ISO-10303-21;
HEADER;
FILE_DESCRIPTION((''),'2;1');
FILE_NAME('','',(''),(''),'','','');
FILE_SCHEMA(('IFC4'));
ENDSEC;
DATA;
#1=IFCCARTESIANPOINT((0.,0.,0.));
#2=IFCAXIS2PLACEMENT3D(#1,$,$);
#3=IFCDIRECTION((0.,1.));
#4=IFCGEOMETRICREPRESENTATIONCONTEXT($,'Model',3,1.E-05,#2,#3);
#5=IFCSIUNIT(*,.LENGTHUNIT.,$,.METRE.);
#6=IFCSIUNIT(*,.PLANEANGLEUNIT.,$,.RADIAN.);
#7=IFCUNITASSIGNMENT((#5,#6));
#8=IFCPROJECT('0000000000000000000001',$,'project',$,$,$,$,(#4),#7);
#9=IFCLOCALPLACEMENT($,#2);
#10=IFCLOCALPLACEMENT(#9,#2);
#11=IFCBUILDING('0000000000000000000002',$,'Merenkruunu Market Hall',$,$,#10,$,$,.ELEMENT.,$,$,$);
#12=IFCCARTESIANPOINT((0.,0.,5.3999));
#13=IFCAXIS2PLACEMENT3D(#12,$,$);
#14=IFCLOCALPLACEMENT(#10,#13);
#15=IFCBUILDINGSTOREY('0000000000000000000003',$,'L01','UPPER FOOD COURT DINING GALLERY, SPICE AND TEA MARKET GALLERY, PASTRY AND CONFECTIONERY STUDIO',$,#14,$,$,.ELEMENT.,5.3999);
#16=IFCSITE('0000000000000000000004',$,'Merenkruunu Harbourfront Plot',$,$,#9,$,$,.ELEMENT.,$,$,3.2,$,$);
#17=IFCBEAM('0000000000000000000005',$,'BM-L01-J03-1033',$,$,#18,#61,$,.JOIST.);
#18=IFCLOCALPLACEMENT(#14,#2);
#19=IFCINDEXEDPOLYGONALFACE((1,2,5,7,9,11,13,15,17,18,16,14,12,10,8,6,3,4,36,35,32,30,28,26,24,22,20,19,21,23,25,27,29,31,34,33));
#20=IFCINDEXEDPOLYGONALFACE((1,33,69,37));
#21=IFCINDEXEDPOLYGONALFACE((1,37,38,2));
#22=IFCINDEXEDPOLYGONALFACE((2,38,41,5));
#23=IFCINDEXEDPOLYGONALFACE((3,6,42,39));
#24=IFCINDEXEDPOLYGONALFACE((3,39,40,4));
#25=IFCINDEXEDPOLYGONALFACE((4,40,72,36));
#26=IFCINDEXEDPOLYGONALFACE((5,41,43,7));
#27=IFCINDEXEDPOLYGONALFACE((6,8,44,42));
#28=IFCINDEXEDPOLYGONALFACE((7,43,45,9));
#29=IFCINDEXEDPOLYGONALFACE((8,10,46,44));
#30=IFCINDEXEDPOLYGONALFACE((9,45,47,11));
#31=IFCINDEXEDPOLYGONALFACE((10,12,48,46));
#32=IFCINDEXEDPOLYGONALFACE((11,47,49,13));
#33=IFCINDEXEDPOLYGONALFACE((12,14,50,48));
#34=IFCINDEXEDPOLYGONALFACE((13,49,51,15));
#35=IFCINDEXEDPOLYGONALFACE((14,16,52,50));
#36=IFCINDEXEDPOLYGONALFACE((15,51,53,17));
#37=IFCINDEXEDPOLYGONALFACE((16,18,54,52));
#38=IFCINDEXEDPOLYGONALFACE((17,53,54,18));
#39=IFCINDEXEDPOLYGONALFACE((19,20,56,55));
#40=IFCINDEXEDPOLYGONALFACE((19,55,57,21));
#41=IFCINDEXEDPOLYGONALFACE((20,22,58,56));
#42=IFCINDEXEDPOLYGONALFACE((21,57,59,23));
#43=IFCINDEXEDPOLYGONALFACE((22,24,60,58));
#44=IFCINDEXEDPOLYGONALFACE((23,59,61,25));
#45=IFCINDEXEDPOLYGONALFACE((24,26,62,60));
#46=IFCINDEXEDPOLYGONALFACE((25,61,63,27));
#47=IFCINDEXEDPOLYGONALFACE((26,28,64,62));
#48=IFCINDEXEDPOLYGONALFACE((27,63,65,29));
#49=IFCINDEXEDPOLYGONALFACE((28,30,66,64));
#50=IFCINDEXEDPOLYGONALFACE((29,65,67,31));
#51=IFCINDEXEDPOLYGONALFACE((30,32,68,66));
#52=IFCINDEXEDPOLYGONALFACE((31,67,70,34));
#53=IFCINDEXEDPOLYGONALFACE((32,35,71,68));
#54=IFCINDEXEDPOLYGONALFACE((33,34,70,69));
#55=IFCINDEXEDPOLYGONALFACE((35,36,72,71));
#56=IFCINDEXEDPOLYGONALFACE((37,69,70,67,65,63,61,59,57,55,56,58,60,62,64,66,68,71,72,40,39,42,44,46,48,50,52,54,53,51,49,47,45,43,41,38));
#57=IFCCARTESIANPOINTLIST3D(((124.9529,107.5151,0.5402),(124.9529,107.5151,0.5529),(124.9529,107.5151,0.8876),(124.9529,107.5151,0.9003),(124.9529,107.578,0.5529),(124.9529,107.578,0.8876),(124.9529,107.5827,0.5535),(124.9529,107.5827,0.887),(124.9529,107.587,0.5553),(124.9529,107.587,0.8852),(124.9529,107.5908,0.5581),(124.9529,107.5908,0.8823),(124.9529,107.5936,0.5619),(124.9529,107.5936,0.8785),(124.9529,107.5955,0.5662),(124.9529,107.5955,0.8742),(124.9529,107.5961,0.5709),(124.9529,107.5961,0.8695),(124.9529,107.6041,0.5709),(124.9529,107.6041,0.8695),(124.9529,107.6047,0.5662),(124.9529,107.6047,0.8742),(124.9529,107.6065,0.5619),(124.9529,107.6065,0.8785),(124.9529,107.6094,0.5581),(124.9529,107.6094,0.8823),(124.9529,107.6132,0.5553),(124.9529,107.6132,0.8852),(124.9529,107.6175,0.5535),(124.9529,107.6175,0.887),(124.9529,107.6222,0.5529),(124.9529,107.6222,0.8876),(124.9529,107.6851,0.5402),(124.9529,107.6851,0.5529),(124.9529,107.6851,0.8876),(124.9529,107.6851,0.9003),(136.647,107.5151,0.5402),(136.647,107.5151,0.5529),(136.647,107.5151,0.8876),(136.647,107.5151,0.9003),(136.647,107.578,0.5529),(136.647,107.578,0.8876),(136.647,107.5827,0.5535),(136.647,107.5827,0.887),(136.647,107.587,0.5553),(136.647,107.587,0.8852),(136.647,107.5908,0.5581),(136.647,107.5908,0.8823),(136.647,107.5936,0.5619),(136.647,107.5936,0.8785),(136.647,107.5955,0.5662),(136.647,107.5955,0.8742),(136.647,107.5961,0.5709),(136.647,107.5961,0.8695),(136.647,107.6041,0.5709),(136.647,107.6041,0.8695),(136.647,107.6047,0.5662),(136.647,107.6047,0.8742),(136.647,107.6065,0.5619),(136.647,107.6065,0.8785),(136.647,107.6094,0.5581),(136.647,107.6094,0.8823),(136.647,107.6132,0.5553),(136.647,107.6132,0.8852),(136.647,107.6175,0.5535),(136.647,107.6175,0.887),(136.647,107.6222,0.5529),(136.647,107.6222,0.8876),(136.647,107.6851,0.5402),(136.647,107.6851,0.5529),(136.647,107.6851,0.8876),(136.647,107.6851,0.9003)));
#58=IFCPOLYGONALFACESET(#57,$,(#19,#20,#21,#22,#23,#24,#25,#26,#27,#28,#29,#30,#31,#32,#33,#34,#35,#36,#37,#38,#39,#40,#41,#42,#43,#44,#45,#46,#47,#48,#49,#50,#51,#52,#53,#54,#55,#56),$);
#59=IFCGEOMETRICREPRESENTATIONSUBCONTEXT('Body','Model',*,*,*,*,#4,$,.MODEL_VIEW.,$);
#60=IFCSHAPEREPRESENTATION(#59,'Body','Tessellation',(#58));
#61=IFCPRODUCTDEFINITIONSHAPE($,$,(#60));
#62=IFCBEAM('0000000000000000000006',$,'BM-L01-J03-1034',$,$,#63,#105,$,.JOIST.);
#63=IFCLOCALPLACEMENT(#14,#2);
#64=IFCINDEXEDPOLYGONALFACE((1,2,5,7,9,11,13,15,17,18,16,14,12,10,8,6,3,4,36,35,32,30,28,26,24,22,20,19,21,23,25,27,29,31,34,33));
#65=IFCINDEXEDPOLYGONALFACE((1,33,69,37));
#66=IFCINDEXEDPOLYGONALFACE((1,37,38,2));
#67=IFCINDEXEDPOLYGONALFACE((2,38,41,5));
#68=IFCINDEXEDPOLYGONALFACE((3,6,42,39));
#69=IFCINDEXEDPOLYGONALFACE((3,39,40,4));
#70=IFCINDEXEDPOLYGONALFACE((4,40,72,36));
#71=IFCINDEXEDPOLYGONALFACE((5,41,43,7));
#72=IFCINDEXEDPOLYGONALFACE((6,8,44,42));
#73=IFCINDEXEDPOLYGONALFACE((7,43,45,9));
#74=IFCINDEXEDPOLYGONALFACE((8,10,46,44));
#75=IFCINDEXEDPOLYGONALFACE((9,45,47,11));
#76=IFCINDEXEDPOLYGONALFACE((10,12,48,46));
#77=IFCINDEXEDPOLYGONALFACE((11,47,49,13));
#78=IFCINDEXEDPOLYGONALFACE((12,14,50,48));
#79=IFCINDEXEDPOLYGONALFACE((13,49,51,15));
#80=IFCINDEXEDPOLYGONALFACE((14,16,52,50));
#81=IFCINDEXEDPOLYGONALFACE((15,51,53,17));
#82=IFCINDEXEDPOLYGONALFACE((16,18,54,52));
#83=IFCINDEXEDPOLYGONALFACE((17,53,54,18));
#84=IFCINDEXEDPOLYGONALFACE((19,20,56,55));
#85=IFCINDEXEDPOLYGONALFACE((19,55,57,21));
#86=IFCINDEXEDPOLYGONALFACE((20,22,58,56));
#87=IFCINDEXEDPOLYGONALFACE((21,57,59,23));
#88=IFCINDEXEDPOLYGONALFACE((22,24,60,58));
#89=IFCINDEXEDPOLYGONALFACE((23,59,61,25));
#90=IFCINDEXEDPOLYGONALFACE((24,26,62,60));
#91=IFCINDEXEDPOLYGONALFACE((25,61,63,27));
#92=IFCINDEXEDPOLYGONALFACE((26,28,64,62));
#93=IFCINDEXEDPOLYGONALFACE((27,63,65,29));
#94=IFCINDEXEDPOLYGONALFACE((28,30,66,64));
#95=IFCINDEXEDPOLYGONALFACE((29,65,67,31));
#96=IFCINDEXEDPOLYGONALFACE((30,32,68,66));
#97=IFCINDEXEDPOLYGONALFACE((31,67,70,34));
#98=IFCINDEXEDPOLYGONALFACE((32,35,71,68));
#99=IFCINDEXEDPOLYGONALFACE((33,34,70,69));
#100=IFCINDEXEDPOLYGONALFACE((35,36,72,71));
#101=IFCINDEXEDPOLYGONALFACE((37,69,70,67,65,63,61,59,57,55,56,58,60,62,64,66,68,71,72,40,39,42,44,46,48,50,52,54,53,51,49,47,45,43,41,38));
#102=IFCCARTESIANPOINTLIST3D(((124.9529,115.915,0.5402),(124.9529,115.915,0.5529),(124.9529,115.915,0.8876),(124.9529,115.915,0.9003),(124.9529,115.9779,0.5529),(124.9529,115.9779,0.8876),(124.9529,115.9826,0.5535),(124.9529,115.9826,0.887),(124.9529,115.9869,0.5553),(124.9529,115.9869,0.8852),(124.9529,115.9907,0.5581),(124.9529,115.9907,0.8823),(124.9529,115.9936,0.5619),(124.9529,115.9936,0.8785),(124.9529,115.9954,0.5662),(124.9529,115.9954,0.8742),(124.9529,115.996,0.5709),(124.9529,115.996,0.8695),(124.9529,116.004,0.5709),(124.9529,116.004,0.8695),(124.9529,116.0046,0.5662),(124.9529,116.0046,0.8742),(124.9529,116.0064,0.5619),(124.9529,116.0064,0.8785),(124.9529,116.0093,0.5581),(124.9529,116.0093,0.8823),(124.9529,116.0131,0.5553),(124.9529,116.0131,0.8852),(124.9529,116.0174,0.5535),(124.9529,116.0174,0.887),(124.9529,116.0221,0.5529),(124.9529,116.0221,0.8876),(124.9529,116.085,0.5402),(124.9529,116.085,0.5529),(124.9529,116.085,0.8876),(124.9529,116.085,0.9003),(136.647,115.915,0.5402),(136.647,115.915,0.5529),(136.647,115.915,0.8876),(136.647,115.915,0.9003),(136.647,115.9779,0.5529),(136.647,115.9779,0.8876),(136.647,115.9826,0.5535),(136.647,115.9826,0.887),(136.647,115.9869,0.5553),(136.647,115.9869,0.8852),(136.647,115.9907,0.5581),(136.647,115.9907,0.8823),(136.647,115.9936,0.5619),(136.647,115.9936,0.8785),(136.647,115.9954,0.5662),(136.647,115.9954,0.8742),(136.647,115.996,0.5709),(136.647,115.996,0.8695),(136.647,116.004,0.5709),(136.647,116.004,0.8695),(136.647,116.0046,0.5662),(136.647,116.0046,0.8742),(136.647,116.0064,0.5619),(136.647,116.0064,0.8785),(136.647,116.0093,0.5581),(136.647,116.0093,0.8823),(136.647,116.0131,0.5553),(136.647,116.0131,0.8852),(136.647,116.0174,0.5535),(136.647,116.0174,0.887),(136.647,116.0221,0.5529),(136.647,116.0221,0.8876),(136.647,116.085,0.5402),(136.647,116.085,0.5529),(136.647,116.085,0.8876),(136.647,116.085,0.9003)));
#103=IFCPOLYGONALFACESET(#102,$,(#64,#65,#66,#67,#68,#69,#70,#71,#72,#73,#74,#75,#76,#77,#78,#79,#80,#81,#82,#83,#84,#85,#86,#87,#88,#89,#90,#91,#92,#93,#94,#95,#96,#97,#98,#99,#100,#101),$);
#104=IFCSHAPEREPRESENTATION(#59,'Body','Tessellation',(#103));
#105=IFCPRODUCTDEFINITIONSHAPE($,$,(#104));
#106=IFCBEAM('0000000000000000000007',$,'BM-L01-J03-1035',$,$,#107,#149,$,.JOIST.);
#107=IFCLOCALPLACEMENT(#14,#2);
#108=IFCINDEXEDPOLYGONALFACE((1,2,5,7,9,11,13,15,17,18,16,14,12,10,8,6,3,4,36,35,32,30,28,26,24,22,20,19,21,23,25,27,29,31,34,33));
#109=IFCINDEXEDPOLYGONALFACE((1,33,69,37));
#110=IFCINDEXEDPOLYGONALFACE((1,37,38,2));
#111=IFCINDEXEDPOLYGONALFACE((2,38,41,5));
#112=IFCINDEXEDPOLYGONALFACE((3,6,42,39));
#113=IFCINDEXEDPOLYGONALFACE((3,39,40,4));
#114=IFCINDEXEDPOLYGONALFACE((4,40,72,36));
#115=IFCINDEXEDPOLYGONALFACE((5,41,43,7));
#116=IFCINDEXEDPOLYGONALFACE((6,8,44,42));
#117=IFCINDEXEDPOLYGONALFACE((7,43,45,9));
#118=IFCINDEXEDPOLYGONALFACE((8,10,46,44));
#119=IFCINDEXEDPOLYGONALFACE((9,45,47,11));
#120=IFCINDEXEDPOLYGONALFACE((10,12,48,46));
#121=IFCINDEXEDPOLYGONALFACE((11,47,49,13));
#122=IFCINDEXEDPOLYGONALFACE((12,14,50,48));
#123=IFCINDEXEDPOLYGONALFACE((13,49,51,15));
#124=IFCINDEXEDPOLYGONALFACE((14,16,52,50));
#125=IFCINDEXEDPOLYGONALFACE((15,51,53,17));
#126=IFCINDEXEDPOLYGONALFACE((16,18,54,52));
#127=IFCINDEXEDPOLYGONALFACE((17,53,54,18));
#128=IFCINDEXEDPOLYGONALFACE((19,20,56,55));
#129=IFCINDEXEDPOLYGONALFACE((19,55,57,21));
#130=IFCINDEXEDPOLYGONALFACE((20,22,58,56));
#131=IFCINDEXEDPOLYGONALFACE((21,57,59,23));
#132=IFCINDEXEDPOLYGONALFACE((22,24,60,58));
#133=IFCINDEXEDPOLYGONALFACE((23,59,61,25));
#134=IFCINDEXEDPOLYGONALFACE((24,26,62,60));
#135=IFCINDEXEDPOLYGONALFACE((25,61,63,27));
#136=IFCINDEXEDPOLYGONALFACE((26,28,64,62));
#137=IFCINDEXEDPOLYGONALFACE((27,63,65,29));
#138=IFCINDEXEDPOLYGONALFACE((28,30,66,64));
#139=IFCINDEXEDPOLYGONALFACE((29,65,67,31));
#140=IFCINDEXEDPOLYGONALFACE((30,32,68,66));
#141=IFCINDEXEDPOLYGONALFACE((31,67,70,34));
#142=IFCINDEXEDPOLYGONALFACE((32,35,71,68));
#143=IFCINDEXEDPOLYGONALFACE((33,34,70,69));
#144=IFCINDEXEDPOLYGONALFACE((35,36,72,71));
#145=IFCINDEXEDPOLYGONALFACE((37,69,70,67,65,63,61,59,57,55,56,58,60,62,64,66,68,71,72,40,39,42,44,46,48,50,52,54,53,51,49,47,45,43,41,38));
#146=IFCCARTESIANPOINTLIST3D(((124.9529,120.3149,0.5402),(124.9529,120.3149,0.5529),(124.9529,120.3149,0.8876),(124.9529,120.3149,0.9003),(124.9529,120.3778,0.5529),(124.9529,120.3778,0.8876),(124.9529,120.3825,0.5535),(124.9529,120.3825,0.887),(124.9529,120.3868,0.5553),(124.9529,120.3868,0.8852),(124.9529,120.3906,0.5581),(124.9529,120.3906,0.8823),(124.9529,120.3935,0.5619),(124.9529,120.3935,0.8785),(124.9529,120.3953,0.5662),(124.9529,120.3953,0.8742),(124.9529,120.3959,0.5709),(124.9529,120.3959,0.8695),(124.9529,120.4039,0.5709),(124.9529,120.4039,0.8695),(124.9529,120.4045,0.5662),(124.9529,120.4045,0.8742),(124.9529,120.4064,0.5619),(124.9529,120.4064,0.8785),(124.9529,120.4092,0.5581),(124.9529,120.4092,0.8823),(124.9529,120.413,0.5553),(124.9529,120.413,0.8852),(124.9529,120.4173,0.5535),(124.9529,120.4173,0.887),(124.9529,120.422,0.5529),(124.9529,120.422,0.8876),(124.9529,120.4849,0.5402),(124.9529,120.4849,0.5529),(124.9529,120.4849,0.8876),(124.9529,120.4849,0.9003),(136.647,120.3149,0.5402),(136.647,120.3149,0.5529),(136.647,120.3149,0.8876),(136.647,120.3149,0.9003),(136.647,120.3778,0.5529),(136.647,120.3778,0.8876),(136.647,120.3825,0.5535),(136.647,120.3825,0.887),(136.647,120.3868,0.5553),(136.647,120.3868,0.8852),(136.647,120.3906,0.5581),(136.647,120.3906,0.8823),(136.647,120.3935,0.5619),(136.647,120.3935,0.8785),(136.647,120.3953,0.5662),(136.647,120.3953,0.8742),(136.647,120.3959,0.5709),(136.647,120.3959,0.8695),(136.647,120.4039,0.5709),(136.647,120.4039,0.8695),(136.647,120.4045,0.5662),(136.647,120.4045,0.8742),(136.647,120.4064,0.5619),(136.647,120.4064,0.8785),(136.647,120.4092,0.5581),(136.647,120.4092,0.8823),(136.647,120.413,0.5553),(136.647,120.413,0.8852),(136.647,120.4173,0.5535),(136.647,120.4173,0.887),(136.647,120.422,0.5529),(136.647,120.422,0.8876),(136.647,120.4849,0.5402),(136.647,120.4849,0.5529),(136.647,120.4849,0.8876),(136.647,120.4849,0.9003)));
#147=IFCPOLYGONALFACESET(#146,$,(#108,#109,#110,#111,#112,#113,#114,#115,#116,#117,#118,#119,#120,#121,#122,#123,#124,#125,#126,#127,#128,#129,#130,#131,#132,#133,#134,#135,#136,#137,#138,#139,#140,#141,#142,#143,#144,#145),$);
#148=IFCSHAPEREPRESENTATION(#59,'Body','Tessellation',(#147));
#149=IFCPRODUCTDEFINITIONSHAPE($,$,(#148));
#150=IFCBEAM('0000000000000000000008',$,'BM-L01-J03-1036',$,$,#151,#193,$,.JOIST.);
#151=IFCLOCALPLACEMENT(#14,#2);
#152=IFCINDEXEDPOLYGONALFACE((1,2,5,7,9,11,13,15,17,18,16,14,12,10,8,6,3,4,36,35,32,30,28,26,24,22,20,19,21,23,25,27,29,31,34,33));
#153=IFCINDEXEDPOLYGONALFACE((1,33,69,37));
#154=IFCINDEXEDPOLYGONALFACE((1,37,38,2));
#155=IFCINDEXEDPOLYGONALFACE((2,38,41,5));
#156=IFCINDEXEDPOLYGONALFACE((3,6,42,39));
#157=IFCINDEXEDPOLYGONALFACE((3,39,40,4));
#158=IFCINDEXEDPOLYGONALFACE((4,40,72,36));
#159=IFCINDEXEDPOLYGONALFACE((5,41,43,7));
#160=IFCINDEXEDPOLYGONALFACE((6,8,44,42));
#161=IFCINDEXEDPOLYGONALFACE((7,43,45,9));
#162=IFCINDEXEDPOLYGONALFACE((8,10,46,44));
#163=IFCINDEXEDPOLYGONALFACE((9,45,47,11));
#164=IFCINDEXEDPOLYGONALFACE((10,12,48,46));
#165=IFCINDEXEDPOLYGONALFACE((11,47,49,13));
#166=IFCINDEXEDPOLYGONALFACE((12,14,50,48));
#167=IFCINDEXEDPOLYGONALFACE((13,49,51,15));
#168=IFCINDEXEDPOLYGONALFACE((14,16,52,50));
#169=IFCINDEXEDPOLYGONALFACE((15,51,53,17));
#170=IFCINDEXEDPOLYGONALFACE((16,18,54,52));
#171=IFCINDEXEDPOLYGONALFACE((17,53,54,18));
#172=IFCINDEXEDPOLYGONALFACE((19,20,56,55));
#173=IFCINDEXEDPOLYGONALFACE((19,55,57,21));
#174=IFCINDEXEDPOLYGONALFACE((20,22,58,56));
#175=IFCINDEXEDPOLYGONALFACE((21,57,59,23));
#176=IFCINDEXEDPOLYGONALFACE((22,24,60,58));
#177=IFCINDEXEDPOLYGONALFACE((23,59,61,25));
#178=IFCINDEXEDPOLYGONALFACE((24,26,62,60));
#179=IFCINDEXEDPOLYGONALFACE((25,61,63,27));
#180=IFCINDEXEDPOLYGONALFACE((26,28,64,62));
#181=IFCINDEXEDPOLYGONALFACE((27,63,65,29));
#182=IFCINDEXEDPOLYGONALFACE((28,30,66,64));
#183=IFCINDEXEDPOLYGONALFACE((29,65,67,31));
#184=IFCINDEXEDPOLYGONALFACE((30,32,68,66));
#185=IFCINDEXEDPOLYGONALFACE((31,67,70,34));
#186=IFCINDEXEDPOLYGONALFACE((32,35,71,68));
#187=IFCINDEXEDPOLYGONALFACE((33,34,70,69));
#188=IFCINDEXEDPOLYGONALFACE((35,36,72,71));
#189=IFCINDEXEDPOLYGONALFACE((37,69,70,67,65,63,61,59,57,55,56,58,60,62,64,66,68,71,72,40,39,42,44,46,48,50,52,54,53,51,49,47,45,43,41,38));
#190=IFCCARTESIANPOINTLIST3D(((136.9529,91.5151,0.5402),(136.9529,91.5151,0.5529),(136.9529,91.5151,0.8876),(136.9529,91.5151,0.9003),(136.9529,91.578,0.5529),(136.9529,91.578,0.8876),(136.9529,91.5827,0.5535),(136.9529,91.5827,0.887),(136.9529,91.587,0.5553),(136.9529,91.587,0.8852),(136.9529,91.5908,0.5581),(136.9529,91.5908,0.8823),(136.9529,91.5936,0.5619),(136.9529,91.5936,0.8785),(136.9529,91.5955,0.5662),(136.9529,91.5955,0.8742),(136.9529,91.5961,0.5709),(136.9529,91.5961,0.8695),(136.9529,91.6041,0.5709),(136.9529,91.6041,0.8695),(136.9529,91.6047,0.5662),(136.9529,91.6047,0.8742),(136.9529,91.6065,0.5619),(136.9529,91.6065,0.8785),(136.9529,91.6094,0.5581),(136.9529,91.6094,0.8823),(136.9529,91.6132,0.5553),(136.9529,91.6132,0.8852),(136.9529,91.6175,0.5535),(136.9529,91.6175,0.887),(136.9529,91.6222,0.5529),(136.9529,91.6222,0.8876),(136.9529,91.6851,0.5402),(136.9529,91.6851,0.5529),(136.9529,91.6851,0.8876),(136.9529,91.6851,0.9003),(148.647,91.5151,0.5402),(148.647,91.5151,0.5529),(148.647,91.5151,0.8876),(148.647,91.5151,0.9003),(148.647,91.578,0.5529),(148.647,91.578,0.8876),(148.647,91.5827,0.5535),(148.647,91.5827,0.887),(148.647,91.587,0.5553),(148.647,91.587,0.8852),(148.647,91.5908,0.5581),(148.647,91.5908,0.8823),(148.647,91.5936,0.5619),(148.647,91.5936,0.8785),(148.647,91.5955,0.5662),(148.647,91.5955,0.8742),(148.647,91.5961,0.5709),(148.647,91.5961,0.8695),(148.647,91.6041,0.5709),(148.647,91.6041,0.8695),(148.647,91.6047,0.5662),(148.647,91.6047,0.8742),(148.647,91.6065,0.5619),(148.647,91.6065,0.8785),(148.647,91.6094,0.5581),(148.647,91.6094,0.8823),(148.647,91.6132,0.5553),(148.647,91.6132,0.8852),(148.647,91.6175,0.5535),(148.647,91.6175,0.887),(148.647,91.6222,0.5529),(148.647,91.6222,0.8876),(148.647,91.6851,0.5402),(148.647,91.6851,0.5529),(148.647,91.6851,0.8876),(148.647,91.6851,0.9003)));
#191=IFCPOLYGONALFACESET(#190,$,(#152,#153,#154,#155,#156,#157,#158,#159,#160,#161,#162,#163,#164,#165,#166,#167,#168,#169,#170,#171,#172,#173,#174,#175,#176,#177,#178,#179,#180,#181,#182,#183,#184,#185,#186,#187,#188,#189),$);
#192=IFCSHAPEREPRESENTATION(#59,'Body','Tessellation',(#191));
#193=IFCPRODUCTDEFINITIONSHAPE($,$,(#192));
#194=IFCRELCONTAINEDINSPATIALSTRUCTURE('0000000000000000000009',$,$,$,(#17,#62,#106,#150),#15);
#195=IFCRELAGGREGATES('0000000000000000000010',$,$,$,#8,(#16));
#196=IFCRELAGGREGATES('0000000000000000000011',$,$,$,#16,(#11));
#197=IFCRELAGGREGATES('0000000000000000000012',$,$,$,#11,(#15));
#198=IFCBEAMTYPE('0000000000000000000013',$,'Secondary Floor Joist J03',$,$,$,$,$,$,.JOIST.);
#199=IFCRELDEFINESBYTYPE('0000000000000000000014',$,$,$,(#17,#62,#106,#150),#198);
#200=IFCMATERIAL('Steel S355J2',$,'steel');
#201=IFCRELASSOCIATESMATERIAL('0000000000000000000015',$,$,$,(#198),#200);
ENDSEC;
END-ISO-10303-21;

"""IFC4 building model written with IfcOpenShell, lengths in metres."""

from ifc_helpers import new_model, si_unit, direction, frame, origin, origin_2d, place, context, subcontext, project, spatial, i_section, extrude, material, material_profile, profile_set, type_object, element, save


model = new_model("IFC4")

# Units and contexts
model_context = context("Model", 3, precision=1e-05, world=origin(), true_north=direction((0.0, 1.0)))
body_context = subcontext(model_context, "Body", "Model", "MODEL_VIEW")
ifc_project = project(units=[si_unit("LENGTHUNIT", "METRE"), si_unit("PLANEANGLEUNIT", "RADIAN")], contexts=[model_context])

# Site, building, storey
site_placement = place(None, origin())
site = spatial("IfcSite", under=ifc_project, at=site_placement, Name="Merenkruunu Harbourfront Plot", CompositionType="ELEMENT", RefElevation=3.2)
building_placement = place(site_placement, origin())
building = spatial("IfcBuilding", under=site, at=building_placement, Name="Merenkruunu Market Hall", CompositionType="ELEMENT")
storey_placement = place(building_placement, frame((0.0, 0.0, 5.3999)))
storey = spatial("IfcBuildingStorey", under=building, at=storey_placement, Name="L01", Description="UPPER FOOD COURT DINING GALLERY, SPICE AND TEA MARKET GALLERY, PASTRY AND CONFECTIONERY STUDIO", CompositionType="ELEMENT", Elevation=5.3999)

# Beams
ifc_material_1 = material(Name="Steel S355J2", Category="steel")
ifc_material_profile_1 = material_profile(ifc_material_1, i_section(OverallWidth=0.1699, OverallDepth=0.3601, WebThickness=0.0081, FlangeThickness=0.0127, FilletRadius=0.0181, at=origin_2d()), Name="IPE 360")
ifc_profile_set_1 = profile_set([ifc_material_profile_1], Name="Steel S355J2")
beam_type_1 = type_object("IfcBeamType", Name="Secondary Floor Joist J03", PredefinedType="JOIST", material=ifc_profile_set_1)
for number, where, z_axis, x_axis, name in (
    (1, (124.9529, 107.6001, 0.7202), (1.0, 0.0, 0.0), (0.0, 1.0, 0.0), "BM-L01-J03-1033"),
    (2, (124.9529, 116.0, 0.7202), (1.0, 0.0, 0.0), (0.0, 1.0, 0.0), "BM-L01-J03-1034"),
    (3, (124.9529, 120.3999, 0.7202), (1.0, 0.0, 0.0), (0.0, 1.0, 0.0), "BM-L01-J03-1035"),
    (4, (136.9529, 91.6001, 0.7202), (1.0, 0.0, 0.0), (0.0, 1.0, 0.0), "BM-L01-J03-1036"),
):
    element("IfcBeam", number, at=place(storey_placement, frame(where, z_axis=z_axis, x_axis=x_axis)), inside=storey, type_object=beam_type_1, Name=name, PredefinedType="JOIST", context=body_context, shape_type="SweptSolid", body=[
        extrude(i_section(OverallWidth=0.1699, OverallDepth=0.3601, WebThickness=0.0081, FlangeThickness=0.0127, FilletRadius=0.0181, at=origin_2d()), origin(), (0.0, 0.0, 1.0), 11.6941),
    ])

save(model, "model.ifc")
